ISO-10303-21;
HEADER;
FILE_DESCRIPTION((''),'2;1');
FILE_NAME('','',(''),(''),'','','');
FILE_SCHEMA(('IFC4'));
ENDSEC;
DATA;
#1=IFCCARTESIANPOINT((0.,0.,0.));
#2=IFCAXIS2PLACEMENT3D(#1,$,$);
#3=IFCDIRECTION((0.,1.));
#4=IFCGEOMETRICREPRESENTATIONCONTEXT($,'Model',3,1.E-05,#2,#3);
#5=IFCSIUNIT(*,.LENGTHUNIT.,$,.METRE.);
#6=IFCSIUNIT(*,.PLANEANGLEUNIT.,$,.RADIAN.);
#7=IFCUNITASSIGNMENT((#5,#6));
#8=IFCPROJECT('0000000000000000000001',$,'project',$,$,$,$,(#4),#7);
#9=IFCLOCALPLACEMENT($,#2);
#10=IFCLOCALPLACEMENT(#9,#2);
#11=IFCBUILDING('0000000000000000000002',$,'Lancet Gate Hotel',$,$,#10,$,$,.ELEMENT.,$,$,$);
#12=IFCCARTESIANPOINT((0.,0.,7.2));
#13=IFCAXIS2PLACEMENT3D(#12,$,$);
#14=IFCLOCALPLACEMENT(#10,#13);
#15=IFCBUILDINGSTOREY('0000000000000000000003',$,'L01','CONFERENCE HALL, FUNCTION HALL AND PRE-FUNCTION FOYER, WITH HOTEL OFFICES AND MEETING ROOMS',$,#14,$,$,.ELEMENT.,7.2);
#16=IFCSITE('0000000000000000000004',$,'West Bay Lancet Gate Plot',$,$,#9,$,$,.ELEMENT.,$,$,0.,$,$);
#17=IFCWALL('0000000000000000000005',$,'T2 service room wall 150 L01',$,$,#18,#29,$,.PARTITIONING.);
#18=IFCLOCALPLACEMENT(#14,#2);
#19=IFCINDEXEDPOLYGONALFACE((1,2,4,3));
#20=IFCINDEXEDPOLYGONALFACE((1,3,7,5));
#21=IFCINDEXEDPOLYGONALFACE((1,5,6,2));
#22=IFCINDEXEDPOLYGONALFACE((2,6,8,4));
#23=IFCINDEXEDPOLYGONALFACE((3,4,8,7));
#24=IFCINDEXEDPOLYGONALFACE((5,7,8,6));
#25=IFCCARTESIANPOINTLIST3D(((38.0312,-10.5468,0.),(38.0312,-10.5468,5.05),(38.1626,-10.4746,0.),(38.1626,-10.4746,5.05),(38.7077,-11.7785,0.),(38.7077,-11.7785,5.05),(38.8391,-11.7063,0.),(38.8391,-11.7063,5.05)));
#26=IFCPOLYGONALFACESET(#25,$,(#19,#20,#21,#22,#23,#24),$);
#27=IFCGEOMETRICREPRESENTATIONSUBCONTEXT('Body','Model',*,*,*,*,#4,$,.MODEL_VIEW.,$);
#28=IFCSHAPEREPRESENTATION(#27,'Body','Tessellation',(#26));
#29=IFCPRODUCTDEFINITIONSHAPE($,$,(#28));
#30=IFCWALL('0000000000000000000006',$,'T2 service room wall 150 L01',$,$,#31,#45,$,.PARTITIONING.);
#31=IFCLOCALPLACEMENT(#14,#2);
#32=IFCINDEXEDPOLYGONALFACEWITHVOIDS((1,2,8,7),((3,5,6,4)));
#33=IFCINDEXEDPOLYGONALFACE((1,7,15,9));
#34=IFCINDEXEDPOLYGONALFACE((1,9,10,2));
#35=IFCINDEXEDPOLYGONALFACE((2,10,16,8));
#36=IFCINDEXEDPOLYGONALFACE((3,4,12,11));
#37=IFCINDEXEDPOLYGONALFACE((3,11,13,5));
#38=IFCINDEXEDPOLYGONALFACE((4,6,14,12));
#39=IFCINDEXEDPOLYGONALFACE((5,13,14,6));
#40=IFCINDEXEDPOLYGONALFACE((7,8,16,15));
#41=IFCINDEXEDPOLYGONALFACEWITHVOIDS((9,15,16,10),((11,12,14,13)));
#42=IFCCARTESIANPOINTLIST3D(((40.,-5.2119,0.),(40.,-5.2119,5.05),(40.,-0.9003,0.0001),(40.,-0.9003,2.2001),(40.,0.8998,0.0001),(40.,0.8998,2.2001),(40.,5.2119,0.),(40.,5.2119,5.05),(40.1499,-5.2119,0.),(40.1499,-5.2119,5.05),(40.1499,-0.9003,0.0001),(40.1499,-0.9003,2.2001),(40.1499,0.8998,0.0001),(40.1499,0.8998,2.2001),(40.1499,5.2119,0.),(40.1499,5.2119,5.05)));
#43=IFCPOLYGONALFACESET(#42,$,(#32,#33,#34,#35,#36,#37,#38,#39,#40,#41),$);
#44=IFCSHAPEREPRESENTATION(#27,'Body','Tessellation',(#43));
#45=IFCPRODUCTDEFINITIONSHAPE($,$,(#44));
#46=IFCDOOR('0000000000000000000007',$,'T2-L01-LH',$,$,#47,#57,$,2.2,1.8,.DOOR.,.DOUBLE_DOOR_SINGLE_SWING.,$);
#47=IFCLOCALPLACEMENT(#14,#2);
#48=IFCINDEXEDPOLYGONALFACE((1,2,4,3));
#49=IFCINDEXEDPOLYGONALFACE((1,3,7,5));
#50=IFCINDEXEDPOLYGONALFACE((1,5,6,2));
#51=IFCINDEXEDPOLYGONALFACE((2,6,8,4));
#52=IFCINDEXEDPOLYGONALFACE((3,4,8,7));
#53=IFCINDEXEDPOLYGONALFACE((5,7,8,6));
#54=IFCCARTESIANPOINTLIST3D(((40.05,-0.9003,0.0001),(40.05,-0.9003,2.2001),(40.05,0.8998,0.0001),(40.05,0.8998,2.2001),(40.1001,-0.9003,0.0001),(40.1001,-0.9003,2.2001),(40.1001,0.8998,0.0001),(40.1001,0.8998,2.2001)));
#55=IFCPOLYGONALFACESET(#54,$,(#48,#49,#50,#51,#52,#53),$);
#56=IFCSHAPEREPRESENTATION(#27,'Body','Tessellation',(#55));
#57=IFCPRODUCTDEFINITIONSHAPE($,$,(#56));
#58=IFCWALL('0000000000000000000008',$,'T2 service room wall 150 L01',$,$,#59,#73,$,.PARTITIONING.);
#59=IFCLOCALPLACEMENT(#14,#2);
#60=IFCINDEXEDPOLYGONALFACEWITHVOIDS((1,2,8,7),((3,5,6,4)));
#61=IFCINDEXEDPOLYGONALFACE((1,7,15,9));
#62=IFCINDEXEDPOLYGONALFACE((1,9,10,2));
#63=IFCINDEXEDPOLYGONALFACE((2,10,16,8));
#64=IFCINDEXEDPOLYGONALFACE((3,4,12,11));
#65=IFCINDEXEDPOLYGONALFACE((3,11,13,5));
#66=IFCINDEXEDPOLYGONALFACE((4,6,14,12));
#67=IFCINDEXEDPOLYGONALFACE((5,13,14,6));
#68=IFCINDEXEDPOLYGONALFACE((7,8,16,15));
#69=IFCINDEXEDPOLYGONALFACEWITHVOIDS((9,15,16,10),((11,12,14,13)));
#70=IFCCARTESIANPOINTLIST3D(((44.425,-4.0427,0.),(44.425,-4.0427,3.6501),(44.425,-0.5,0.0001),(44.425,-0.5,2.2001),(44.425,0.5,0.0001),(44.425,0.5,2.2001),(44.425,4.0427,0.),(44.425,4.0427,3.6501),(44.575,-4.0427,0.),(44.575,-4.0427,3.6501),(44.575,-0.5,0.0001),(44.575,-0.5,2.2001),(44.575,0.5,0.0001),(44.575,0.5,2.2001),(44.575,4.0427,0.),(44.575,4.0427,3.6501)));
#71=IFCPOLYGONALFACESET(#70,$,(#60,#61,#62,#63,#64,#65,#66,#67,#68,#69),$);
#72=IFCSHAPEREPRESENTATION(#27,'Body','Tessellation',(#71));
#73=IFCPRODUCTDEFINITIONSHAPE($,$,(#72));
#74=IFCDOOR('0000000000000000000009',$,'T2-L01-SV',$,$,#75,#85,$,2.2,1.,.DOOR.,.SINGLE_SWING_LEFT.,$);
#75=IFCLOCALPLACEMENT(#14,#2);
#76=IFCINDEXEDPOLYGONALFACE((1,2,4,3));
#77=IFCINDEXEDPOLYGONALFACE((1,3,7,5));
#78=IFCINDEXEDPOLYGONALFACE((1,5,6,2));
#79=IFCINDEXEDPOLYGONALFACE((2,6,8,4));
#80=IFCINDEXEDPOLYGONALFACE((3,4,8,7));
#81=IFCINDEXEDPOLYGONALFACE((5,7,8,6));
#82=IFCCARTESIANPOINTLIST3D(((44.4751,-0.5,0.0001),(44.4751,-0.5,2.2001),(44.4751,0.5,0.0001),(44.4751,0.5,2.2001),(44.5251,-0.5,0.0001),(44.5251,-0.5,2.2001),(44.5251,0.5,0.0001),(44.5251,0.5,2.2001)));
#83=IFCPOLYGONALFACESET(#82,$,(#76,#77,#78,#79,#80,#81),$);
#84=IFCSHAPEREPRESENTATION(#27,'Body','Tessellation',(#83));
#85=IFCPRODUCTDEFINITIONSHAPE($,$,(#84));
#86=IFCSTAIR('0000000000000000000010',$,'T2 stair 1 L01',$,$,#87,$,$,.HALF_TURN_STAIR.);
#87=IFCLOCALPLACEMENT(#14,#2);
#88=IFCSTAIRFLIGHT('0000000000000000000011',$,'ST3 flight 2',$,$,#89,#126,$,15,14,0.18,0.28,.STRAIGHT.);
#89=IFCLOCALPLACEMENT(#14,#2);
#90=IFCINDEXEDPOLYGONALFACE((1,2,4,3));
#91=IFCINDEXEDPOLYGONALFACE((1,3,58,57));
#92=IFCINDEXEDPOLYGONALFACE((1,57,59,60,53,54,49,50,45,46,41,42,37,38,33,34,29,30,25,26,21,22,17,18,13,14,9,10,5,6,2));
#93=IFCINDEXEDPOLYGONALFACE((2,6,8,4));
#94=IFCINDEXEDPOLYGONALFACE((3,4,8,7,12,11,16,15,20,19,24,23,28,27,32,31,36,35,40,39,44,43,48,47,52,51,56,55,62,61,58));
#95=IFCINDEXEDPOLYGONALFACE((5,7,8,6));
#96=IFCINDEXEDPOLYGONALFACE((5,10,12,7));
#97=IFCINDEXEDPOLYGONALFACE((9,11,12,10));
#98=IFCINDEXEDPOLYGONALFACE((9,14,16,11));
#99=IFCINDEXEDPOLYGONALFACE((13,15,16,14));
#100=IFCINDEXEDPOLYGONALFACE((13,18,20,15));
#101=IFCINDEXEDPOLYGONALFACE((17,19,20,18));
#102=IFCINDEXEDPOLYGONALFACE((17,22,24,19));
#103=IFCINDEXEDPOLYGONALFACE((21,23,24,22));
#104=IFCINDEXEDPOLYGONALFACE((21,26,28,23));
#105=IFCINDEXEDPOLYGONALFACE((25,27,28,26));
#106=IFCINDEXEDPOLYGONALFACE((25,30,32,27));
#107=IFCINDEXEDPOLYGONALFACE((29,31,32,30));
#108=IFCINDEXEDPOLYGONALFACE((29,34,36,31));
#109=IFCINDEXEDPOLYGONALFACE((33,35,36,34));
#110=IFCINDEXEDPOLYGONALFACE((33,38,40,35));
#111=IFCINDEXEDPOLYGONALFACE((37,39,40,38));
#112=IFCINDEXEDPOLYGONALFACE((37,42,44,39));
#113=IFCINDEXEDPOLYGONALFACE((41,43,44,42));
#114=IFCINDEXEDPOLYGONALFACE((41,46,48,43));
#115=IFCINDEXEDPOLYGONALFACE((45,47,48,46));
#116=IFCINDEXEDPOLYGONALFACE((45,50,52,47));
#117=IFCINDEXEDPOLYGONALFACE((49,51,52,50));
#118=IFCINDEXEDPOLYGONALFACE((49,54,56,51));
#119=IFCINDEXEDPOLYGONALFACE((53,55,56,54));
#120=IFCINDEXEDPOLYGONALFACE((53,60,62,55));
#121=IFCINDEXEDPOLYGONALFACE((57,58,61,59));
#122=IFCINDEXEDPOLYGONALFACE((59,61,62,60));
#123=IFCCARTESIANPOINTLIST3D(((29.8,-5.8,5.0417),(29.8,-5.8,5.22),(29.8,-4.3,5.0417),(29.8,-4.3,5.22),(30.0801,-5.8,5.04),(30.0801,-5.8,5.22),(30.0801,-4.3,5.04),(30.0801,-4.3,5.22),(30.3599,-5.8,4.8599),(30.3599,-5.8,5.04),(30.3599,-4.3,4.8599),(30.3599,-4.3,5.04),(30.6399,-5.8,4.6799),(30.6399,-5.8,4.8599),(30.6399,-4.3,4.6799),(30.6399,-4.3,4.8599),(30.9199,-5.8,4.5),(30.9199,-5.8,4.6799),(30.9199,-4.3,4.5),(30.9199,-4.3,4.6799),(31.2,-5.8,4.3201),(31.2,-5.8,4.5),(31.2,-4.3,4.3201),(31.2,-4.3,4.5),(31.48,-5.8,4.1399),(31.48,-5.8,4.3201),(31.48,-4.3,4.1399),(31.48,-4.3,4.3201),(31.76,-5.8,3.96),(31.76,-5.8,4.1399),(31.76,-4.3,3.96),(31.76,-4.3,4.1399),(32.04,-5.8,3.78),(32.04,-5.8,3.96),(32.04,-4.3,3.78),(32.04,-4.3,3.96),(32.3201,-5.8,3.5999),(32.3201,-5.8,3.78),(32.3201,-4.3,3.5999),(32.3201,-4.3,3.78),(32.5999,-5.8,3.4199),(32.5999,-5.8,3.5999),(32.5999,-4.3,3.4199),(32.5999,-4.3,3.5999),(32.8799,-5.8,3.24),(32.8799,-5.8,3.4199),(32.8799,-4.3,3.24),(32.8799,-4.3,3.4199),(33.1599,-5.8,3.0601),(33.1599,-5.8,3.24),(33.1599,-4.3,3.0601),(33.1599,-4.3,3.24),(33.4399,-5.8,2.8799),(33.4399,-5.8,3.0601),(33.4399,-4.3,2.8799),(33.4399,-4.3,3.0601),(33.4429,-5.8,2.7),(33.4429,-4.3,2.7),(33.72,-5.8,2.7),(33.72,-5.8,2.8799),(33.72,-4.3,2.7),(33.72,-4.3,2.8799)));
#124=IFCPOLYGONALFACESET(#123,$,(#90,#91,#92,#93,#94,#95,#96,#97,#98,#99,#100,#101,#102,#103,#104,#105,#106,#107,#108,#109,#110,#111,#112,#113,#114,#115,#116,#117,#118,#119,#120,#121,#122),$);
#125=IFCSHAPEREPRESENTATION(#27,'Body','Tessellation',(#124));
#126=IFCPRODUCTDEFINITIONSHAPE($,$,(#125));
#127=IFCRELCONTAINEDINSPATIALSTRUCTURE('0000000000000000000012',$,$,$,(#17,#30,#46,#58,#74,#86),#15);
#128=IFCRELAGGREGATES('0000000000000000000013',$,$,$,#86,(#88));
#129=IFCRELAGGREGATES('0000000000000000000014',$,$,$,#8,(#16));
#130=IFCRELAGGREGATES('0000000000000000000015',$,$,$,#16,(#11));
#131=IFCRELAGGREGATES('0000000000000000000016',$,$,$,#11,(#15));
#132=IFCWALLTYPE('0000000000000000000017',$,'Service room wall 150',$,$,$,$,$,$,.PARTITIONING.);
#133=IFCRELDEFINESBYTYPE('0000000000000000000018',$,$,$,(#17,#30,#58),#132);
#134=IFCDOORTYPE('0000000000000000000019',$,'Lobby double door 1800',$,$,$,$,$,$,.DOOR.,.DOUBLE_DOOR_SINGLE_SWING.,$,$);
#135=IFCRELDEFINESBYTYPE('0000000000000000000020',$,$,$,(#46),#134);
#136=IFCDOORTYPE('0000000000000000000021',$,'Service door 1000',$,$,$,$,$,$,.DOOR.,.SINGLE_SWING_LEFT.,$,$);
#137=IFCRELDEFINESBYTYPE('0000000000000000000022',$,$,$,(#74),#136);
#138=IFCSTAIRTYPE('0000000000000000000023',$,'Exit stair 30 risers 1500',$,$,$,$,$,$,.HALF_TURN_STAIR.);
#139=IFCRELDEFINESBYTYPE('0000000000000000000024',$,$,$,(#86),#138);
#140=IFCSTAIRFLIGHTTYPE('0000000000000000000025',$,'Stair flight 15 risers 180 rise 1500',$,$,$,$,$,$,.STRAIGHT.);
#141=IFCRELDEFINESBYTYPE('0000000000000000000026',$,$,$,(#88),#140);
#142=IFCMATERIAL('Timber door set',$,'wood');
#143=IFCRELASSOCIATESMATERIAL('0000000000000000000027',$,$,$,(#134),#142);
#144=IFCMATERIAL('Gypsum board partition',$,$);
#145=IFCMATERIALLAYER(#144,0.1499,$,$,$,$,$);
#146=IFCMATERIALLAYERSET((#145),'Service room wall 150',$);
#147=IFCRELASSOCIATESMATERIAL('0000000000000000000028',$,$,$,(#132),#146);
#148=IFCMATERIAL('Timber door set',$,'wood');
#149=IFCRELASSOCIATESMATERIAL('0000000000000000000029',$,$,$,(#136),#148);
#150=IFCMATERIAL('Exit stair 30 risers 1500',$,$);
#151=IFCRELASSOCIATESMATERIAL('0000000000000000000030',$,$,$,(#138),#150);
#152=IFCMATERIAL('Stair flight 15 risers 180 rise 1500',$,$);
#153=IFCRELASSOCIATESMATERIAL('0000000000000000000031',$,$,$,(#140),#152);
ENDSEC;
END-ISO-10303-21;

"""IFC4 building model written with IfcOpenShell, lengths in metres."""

from ifc_helpers import new_model, si_unit, direction, frame, frame_2d, origin, place, context, subcontext, project, spatial, polyline, rectangle, outline, extrude, material, layer, layer_set, type_object, element, fill, aggregate, save


model = new_model("IFC4")

# Units and contexts
model_context = context("Model", 3, precision=1e-05, world=origin(), true_north=direction((0.0, 1.0)))
body_context = subcontext(model_context, "Body", "Model", "MODEL_VIEW")
ifc_project = project(units=[si_unit("LENGTHUNIT", "METRE"), si_unit("PLANEANGLEUNIT", "RADIAN")], contexts=[model_context])

# Site, building, storey
site_placement = place(None, origin())
site = spatial("IfcSite", under=ifc_project, at=site_placement, Name="West Bay Lancet Gate Plot", CompositionType="ELEMENT", RefElevation=0.0)
building_placement = place(site_placement, origin())
building = spatial("IfcBuilding", under=site, at=building_placement, Name="Lancet Gate Hotel", CompositionType="ELEMENT")
storey_placement = place(building_placement, frame((0.0, 0.0, 7.2)))
storey = spatial("IfcBuildingStorey", under=building, at=storey_placement, Name="L01", Description="CONFERENCE HALL, FUNCTION HALL AND PRE-FUNCTION FOYER, WITH HOTEL OFFICES AND MEETING ROOMS", CompositionType="ELEMENT", Elevation=7.2)

# Shared definitions
ifc_material_1 = material(Name="Timber door set", Category="wood")
door_type_1 = type_object("IfcDoorType", Name="Lobby double door 1800", OperationType="DOUBLE_DOOR_SINGLE_SWING", PredefinedType="DOOR", material=ifc_material_1)

# Wall
ifc_material_2 = material(Name="Gypsum board partition")
ifc_layer_1 = layer(ifc_material_2, 0.1499)
ifc_layer_set_1 = layer_set([ifc_layer_1], Name="Service room wall 150")
wall_type_1 = type_object("IfcWallType", Name="Service room wall 150", PredefinedType="PARTITIONING", material=ifc_layer_set_1)
wall_1_placement = place(storey_placement, frame((38.7734, -11.7424, 0.0), z_axis=(0.0, 0.0, 1.0), x_axis=(-0.481418, 0.876491, 0.0)))
element("IfcWall", 1, at=wall_1_placement, inside=storey, type_object=wall_type_1, Name="T2 service room wall 150 L01", PredefinedType="PARTITIONING", context=body_context, shape_type="SweptSolid", body=[
    extrude(rectangle(XDim=1.4053, YDim=0.1499, at=frame_2d((0.7026, 0.0))), origin(), (0.0, 0.0, 1.0), 5.05),
])

# Walls, openings, doors
wall_2_placement = place(storey_placement, frame((40.075, -5.2119, 0.0), z_axis=(0.0, 0.0, 1.0), x_axis=(0.0, 1.0, 0.0)))
wall_2 = element("IfcWall", 2, at=wall_2_placement, inside=storey, type_object=wall_type_1, Name="T2 service room wall 150 L01", PredefinedType="PARTITIONING", context=body_context, shape_type="SweptSolid", body=[
    extrude(rectangle(XDim=10.4238, YDim=0.1499, at=frame_2d((5.2119, 0.0))), origin(), (0.0, 0.0, 1.0), 5.05),
])
opening_1_placement = place(wall_2_placement, frame((4.3118, 0.0, 0.0)))
opening_1 = element("IfcOpeningElement", 3, at=opening_1_placement, cuts=wall_2, PredefinedType="OPENING", context=body_context, shape_type="SweptSolid", body=[
    extrude(rectangle(XDim=1.8, YDim=2.2, at=frame_2d((0.8999, 1.1001))), frame((0.0, 0.085, 0.0), z_axis=(0.0, -1.0, 0.0), x_axis=(1.0, 0.0, 0.0)), (0.0, 0.0, 1.0), 0.1699),
])
door_1_placement = place(opening_1_placement, origin())
door_1 = element("IfcDoor", 4, at=door_1_placement, inside=storey, type_object=door_type_1, Name="T2-L01-LH", OperationType="DOUBLE_DOOR_SINGLE_SWING", OverallHeight=2.2, OverallWidth=1.8, PredefinedType="DOOR", context=body_context, shape_type="SweptSolid", body=[
    extrude(rectangle(XDim=1.8, YDim=2.2, at=frame_2d((0.8999, 1.1001))), frame((0.0, 0.0249, 0.0), z_axis=(0.0, -1.0, 0.0), x_axis=(1.0, 0.0, 0.0)), (0.0, 0.0, 1.0), 0.05),
])
fill(opening_1, door_1)
wall_3_placement = place(storey_placement, frame((44.5, -4.0427, 0.0), z_axis=(0.0, 0.0, 1.0), x_axis=(0.0, 1.0, 0.0)))
wall_3 = element("IfcWall", 5, at=wall_3_placement, inside=storey, type_object=wall_type_1, Name="T2 service room wall 150 L01", PredefinedType="PARTITIONING", context=body_context, shape_type="SweptSolid", body=[
    extrude(rectangle(XDim=8.0854, YDim=0.1499, at=frame_2d((4.0427, 0.0))), origin(), (0.0, 0.0, 1.0), 3.6501),
])
opening_2_placement = place(wall_3_placement, frame((3.5427, 0.0, 0.0)))
opening_2 = element("IfcOpeningElement", 6, at=opening_2_placement, cuts=wall_3, PredefinedType="OPENING", context=body_context, shape_type="SweptSolid", body=[
    extrude(rectangle(XDim=1.0, YDim=2.2, at=frame_2d((0.5, 1.1001))), frame((0.0, 0.085, 0.0), z_axis=(0.0, -1.0, 0.0), x_axis=(1.0, 0.0, 0.0)), (0.0, 0.0, 1.0), 0.1699),
])
ifc_material_3 = material(Name="Timber door set", Category="wood")
door_type_2 = type_object("IfcDoorType", Name="Service door 1000", OperationType="SINGLE_SWING_LEFT", PredefinedType="DOOR", material=ifc_material_3)
door_2_placement = place(opening_2_placement, origin())
door_2 = element("IfcDoor", 7, at=door_2_placement, inside=storey, type_object=door_type_2, Name="T2-L01-SV", OperationType="SINGLE_SWING_LEFT", OverallHeight=2.2, OverallWidth=1.0, PredefinedType="DOOR", context=body_context, shape_type="SweptSolid", body=[
    extrude(rectangle(XDim=1.0, YDim=2.2, at=frame_2d((0.5, 1.1001))), frame((0.0, 0.0249, 0.0), z_axis=(0.0, -1.0, 0.0), x_axis=(1.0, 0.0, 0.0)), (0.0, 0.0, 1.0), 0.05),
])
fill(opening_2, door_2)

# Stair, stair flight
ifc_material_4 = material(Name="Exit stair 30 risers 1500")
stair_type = type_object("IfcStairType", Name="Exit stair 30 risers 1500", PredefinedType="HALF_TURN_STAIR", material=ifc_material_4)
stair_placement = place(storey_placement, origin())
stair = element("IfcStair", 8, at=stair_placement, inside=storey, type_object=stair_type, Name="T2 stair 1 L01", PredefinedType="HALF_TURN_STAIR")
ifc_material_5 = material(Name="Stair flight 15 risers 180 rise 1500")
stair_flight_type = type_object("IfcStairFlightType", Name="Stair flight 15 risers 180 rise 1500", PredefinedType="STRAIGHT", material=ifc_material_5)
stair_flight_placement = place(storey_placement, frame((33.72, -5.05, 2.7), z_axis=(0.0, 0.0, 1.0), x_axis=(-1.0, 0.0, 0.0)))
stair_flight = element("IfcStairFlight", 9, at=stair_flight_placement, type_object=stair_flight_type, Name="ST3 flight 2", NumberOfRisers=15, NumberOfTreads=14, PredefinedType="STRAIGHT", RiserHeight=0.18, TreadLength=0.28, context=body_context, shape_type="SweptSolid", body=[
    extrude(outline(polyline([(0.0, 0.0), (0.0, 0.1799), (0.28, 0.1799), (0.28, 0.3601), (0.5601, 0.3601), (0.5601, 0.54), (0.8401, 0.54), (0.8401, 0.72), (1.1201, 0.72), (1.1201, 0.8999), (1.3999, 0.8999), (1.3999, 1.0801), (1.6799, 1.0801), (1.6799, 1.26), (1.96, 1.26), (1.96, 1.4399), (2.24, 1.4399), (2.24, 1.6201), (2.52, 1.6201), (2.52, 1.8), (2.8, 1.8), (2.8, 1.98), (3.0801, 1.98), (3.0801, 2.1599), (3.3601, 2.1599), (3.3601, 2.3401), (3.6399, 2.3401), (3.6399, 2.52), (3.9199, 2.52), (3.9199, 2.7), (3.9199, 2.3418), (0.2771, 0.0), (0.0, 0.0)])), frame((0.0, 0.75, 0.0), z_axis=(0.0, -1.0, 0.0), x_axis=(1.0, 0.0, 0.0)), (0.0, 0.0, 1.0), 1.5),
])
aggregate(stair, [stair_flight])

save(model, "model.ifc")
